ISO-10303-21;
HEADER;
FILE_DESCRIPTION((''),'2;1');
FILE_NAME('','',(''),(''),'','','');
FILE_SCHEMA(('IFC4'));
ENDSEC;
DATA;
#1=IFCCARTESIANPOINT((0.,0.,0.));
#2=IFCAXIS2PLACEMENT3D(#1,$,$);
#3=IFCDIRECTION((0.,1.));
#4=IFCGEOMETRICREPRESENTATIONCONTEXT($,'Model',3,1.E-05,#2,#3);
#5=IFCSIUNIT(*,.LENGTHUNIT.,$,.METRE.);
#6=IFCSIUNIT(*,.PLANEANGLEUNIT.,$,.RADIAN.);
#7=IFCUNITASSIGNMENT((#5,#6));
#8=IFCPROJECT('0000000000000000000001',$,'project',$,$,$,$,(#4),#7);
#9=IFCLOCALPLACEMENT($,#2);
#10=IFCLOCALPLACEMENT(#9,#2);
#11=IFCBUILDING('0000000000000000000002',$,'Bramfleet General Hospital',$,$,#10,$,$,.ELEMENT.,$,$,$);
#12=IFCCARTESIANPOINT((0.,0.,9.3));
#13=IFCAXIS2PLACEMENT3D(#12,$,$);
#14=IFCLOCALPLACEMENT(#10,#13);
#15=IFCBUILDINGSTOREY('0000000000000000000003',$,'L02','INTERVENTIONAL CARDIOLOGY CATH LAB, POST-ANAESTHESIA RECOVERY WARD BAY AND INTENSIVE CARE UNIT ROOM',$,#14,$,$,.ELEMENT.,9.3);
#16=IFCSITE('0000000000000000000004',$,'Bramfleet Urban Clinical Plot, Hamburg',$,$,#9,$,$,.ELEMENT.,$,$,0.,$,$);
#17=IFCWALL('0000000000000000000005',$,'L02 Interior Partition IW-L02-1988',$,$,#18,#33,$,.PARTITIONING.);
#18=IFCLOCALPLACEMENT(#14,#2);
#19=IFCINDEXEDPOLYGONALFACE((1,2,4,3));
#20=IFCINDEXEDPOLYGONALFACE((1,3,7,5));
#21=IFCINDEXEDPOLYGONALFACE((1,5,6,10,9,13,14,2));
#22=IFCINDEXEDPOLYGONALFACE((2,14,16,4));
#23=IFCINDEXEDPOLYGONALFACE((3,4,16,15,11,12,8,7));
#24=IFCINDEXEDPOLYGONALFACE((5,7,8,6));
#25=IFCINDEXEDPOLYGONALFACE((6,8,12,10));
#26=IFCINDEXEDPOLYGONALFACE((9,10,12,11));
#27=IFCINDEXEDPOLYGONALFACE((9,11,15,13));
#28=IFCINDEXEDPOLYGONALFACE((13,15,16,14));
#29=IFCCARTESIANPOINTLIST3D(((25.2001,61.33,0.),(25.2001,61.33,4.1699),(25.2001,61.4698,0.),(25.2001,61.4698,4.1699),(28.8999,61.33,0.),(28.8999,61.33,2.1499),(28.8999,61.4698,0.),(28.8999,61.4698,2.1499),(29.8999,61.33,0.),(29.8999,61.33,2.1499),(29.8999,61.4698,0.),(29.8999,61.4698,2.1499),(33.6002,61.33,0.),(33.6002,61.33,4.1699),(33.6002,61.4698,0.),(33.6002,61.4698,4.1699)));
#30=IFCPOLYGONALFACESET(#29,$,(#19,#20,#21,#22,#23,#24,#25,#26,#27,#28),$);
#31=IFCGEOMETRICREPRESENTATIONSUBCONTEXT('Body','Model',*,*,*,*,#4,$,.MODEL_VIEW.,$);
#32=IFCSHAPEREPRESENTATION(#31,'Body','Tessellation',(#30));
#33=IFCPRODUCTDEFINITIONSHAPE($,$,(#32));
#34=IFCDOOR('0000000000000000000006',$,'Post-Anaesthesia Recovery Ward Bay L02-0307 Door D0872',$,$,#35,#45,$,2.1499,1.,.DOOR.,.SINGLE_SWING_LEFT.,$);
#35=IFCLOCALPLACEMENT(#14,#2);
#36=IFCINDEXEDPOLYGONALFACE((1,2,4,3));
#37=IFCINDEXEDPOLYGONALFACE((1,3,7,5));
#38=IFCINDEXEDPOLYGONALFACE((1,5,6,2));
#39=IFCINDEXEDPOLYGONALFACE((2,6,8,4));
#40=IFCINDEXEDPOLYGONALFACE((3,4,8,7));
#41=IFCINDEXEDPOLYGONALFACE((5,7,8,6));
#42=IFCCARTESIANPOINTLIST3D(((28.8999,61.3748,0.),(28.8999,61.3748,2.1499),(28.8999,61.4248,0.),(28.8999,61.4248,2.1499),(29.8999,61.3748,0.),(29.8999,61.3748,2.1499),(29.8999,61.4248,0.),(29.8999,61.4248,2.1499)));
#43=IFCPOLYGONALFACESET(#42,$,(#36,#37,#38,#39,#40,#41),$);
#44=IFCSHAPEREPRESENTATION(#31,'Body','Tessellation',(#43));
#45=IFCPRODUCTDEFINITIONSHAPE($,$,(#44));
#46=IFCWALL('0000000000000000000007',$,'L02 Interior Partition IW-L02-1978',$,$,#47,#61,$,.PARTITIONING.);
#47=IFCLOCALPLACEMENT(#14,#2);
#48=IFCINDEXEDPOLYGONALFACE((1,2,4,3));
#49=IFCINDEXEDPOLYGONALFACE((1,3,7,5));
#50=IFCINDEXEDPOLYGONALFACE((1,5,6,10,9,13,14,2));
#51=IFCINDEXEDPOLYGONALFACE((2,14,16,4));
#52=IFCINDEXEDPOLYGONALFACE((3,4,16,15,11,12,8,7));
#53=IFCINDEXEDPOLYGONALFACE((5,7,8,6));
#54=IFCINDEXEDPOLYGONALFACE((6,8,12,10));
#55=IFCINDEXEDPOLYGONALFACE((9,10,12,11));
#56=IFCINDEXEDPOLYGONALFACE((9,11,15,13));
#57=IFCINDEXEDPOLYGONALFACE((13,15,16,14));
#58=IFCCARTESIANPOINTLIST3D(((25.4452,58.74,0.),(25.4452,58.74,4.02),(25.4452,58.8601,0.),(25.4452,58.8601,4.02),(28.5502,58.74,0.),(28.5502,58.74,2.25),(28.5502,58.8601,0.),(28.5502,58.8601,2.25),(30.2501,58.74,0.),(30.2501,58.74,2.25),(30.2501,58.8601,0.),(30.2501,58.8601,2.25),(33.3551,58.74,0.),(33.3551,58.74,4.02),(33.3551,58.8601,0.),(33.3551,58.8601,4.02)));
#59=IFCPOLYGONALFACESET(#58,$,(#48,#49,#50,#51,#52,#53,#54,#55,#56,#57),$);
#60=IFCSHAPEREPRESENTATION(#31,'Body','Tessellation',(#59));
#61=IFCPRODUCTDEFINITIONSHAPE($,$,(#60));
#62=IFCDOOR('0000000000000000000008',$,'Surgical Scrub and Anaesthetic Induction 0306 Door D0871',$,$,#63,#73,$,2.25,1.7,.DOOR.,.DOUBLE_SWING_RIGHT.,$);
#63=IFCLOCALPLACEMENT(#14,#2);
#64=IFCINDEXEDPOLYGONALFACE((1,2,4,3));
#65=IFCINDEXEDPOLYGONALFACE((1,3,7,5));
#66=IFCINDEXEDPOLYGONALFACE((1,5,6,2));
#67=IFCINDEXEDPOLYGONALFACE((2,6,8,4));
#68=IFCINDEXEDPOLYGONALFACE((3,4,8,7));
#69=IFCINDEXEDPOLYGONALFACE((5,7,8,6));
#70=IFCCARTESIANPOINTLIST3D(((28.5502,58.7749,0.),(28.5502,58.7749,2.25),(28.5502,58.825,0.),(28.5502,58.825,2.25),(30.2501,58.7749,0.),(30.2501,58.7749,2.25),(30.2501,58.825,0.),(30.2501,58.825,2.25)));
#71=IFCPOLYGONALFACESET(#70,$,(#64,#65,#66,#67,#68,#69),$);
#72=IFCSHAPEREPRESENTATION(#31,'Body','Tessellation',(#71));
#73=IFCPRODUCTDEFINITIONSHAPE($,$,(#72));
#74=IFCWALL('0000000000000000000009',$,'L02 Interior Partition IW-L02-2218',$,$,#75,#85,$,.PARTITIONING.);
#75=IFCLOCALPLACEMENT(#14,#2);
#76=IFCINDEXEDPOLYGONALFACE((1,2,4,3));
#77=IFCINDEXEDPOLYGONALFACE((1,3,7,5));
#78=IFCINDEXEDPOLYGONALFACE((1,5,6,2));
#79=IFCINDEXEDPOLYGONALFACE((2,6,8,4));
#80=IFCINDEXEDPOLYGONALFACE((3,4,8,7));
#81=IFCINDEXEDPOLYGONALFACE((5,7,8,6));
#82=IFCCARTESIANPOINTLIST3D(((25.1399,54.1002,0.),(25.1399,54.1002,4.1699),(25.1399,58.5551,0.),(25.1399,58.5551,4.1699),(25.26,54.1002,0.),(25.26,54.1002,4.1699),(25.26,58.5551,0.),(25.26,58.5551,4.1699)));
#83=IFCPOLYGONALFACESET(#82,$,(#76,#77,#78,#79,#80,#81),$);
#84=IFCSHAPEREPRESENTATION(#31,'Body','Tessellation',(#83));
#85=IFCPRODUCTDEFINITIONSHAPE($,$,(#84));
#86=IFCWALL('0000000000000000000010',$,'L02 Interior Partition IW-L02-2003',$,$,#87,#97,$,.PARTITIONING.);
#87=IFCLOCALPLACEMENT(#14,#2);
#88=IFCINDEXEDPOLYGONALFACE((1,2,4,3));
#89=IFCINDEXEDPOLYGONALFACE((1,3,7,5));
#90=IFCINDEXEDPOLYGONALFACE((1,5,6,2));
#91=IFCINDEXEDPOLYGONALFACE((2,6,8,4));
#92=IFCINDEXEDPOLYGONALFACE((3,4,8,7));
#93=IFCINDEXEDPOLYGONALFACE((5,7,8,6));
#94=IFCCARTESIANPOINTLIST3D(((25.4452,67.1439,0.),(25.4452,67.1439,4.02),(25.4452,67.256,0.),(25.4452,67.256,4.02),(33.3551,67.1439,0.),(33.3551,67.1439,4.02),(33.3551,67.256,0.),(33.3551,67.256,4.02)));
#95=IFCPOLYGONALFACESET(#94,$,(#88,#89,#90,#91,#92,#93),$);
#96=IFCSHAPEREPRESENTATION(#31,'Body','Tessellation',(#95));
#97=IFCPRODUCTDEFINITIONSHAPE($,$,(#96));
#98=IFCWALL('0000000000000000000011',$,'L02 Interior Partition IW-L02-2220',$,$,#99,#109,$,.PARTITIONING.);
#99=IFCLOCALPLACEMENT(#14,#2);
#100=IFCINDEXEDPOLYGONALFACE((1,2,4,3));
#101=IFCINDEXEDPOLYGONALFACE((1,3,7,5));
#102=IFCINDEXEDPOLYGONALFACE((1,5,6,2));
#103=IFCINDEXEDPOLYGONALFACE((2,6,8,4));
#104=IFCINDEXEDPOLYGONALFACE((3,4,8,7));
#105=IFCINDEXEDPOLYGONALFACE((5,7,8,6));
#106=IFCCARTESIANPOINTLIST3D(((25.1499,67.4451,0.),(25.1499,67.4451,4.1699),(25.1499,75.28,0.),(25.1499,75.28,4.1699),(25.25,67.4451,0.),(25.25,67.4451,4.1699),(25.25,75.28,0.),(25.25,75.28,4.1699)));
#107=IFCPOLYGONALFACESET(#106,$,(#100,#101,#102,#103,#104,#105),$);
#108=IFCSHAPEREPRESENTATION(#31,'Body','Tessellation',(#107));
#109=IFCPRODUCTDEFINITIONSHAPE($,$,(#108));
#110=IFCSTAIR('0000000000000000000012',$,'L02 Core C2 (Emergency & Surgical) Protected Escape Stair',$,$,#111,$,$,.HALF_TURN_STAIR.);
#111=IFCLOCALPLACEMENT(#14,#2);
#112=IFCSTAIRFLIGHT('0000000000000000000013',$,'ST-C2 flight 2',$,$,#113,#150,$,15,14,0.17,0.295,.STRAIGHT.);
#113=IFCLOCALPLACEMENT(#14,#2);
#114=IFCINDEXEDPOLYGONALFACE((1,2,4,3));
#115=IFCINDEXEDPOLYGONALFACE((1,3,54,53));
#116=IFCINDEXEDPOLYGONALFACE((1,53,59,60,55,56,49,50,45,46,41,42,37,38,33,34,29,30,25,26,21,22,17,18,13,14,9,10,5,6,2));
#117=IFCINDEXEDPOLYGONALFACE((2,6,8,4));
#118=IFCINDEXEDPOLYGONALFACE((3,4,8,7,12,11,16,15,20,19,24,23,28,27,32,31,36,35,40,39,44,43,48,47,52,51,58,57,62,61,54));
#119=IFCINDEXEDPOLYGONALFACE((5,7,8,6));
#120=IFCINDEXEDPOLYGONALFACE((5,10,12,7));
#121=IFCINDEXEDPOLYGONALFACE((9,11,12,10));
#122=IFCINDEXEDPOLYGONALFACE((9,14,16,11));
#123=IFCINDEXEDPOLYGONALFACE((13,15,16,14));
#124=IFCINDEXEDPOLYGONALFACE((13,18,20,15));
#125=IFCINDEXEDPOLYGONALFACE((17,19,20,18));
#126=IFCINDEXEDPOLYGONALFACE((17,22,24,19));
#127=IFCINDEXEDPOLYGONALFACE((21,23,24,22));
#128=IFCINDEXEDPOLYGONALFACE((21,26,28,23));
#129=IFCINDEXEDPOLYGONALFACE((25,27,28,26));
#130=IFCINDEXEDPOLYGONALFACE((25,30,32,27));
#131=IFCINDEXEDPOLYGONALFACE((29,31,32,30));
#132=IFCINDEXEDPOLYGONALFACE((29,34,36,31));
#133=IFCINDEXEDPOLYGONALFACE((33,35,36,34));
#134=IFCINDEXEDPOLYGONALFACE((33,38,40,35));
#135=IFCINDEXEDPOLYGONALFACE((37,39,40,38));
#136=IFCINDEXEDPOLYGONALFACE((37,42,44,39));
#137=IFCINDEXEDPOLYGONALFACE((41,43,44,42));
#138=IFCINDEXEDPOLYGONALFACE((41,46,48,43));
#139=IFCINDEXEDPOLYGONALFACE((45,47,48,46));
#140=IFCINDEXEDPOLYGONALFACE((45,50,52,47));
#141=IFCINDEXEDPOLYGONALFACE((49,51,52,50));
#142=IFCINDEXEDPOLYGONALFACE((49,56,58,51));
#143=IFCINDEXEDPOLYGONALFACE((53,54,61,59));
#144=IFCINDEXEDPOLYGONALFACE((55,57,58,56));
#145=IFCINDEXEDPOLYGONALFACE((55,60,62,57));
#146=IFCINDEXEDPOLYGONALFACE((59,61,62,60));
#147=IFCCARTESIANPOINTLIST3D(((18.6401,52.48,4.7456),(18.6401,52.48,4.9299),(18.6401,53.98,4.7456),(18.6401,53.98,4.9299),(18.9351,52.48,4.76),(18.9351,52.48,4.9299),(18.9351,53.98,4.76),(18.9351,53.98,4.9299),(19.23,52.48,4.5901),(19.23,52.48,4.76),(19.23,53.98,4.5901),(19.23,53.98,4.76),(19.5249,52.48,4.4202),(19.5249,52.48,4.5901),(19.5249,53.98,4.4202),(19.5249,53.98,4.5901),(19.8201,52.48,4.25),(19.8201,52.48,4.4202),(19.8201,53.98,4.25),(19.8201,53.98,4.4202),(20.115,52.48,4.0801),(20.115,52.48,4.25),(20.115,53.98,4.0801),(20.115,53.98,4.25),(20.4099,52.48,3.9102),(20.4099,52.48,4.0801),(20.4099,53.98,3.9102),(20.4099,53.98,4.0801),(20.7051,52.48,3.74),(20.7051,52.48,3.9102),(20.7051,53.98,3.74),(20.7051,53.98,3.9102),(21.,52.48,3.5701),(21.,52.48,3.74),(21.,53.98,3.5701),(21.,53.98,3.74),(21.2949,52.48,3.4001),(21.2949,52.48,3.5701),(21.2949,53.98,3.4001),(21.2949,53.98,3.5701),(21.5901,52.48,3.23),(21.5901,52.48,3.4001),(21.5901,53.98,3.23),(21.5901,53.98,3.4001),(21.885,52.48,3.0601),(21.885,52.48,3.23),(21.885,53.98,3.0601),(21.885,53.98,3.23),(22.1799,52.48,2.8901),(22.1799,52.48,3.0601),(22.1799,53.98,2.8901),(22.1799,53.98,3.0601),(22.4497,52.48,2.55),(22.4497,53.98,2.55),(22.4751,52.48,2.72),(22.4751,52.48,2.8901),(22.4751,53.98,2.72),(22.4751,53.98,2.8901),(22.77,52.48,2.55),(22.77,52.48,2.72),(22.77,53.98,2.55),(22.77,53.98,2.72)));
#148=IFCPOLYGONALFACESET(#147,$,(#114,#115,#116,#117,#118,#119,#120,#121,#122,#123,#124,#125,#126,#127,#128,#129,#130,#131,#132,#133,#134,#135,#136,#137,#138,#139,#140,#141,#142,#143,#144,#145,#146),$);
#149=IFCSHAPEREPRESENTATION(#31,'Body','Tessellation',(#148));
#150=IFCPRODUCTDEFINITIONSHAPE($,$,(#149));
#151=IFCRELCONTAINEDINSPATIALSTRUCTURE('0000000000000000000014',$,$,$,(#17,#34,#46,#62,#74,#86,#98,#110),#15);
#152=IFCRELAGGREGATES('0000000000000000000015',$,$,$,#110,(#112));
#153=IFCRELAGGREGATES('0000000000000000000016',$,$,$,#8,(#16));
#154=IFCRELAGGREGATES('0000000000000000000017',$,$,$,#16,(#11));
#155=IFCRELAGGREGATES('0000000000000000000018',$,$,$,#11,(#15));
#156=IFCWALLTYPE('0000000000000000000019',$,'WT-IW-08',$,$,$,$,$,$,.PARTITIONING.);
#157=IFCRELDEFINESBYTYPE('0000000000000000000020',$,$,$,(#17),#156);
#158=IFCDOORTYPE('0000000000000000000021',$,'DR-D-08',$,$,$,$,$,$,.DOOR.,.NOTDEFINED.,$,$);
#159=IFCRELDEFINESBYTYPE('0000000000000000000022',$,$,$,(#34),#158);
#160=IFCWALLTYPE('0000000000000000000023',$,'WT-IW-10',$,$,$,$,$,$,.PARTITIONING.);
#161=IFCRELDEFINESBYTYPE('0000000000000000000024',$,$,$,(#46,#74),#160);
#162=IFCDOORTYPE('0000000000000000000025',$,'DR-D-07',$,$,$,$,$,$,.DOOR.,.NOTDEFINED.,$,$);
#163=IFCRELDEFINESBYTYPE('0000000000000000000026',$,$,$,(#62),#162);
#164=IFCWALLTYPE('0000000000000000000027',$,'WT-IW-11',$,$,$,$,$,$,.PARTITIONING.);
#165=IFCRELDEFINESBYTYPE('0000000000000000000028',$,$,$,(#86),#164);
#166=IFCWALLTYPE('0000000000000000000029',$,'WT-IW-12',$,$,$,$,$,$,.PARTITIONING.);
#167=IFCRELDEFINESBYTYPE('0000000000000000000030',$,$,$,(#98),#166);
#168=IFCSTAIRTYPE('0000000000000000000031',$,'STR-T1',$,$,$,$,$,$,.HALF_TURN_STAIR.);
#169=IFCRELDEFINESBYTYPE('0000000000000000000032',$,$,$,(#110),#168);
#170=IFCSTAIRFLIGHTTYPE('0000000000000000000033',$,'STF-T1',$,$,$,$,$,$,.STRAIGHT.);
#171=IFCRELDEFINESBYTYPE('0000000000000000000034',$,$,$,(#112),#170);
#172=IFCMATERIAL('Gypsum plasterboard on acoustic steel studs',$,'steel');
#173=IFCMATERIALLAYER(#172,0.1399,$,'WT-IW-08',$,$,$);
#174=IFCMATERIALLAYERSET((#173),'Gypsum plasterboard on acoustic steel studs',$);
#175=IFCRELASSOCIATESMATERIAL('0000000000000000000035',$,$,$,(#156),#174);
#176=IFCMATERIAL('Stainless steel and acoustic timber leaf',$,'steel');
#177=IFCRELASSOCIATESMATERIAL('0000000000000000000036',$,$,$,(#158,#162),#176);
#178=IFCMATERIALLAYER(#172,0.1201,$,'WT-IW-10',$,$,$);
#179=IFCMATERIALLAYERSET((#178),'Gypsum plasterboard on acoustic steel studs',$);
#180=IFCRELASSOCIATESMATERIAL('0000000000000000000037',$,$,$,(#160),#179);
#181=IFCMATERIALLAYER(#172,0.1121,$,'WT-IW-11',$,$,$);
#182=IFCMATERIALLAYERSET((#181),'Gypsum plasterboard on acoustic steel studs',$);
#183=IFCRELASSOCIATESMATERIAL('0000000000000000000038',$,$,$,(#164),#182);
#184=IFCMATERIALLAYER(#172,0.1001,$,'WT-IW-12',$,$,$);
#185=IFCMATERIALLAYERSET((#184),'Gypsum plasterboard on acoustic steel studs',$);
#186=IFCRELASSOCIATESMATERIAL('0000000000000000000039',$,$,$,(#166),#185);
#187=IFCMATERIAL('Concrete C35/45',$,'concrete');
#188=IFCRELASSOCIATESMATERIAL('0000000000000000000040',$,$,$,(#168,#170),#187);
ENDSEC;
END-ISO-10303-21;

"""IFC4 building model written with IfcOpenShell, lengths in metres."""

from ifc_helpers import new_model, si_unit, direction, frame, frame_2d, origin, place, context, subcontext, project, spatial, polyline, rectangle, outline, extrude, material, layer, layer_set, type_object, element, fill, aggregate, save


model = new_model("IFC4")

# Units and contexts
model_context = context("Model", 3, precision=1e-05, world=origin(), true_north=direction((0.0, 1.0)))
body_context = subcontext(model_context, "Body", "Model", "MODEL_VIEW")
ifc_project = project(units=[si_unit("LENGTHUNIT", "METRE"), si_unit("PLANEANGLEUNIT", "RADIAN")], contexts=[model_context])

# Site, building, storey
site_placement = place(None, origin())
site = spatial("IfcSite", under=ifc_project, at=site_placement, Name="Bramfleet Urban Clinical Plot, Hamburg", CompositionType="ELEMENT", RefElevation=0.0)
building_placement = place(site_placement, origin())
building = spatial("IfcBuilding", under=site, at=building_placement, Name="Bramfleet General Hospital", CompositionType="ELEMENT")
storey_placement = place(building_placement, frame((0.0, 0.0, 9.3)))
storey = spatial("IfcBuildingStorey", under=building, at=storey_placement, Name="L02", Description="INTERVENTIONAL CARDIOLOGY CATH LAB, POST-ANAESTHESIA RECOVERY WARD BAY AND INTENSIVE CARE UNIT ROOM", CompositionType="ELEMENT", Elevation=9.3)

# Shared definitions
ifc_material_1 = material(Name="Concrete C35/45", Category="concrete")

# Walls, openings, doors
ifc_material_2 = material(Name="Gypsum plasterboard on acoustic steel studs", Category="steel")
ifc_layer_1 = layer(ifc_material_2, 0.1399, Name="WT-IW-08")
ifc_layer_set_1 = layer_set([ifc_layer_1], Name="Gypsum plasterboard on acoustic steel studs")
wall_type_1 = type_object("IfcWallType", Name="WT-IW-08", PredefinedType="PARTITIONING", material=ifc_layer_set_1)
wall_1_placement = place(storey_placement, frame((25.2, 61.3999, 0.0), z_axis=(0.0, 0.0, 1.0), x_axis=(1.0, 0.0, 0.0)))
wall_1 = element("IfcWall", 1, at=wall_1_placement, inside=storey, type_object=wall_type_1, Name="L02 Interior Partition IW-L02-1988", PredefinedType="PARTITIONING", context=body_context, shape_type="SweptSolid", body=[
    extrude(rectangle(XDim=8.4001, YDim=0.1399, at=frame_2d((4.2002, 0.0))), origin(), (0.0, 0.0, 1.0), 4.1699),
])
opening_1_placement = place(wall_1_placement, frame((3.7, 0.0, 0.0)))
opening_1 = element("IfcOpeningElement", 2, at=opening_1_placement, cuts=wall_1, PredefinedType="OPENING", context=body_context, shape_type="SweptSolid", body=[
    extrude(rectangle(XDim=1.0, YDim=2.1499, at=frame_2d((0.5, 1.075))), frame((0.0, 0.0798, 0.0), z_axis=(0.0, -1.0, 0.0), x_axis=(1.0, 0.0, 0.0)), (0.0, 0.0, 1.0), 0.1599),
])
ifc_material_3 = material(Name="Stainless steel and acoustic timber leaf", Category="steel")
door_type_1 = type_object("IfcDoorType", Name="DR-D-08", OperationType="NOTDEFINED", PredefinedType="DOOR", material=ifc_material_3)
door_1_placement = place(opening_1_placement, origin())
door_1 = element("IfcDoor", 3, at=door_1_placement, inside=storey, type_object=door_type_1, Name="Post-Anaesthesia Recovery Ward Bay L02-0307 Door D0872", OperationType="SINGLE_SWING_LEFT", OverallHeight=2.1499, OverallWidth=1.0, PredefinedType="DOOR", context=body_context, shape_type="SweptSolid", body=[
    extrude(rectangle(XDim=1.0, YDim=2.1499, at=frame_2d((0.5, 1.075))), frame((0.0, 0.0249, 0.0), z_axis=(0.0, -1.0, 0.0), x_axis=(1.0, 0.0, 0.0)), (0.0, 0.0, 1.0), 0.05),
])
fill(opening_1, door_1)
ifc_layer_2 = layer(ifc_material_2, 0.1201, Name="WT-IW-10")
ifc_layer_set_2 = layer_set([ifc_layer_2], Name="Gypsum plasterboard on acoustic steel studs")
wall_type_2 = type_object("IfcWallType", Name="WT-IW-10", PredefinedType="PARTITIONING", material=ifc_layer_set_2)
wall_2_placement = place(storey_placement, frame((25.4451, 58.8, 0.0), z_axis=(0.0, 0.0, 1.0), x_axis=(1.0, 0.0, 0.0)))
wall_2 = element("IfcWall", 4, at=wall_2_placement, inside=storey, type_object=wall_type_2, Name="L02 Interior Partition IW-L02-1978", PredefinedType="PARTITIONING", context=body_context, shape_type="SweptSolid", body=[
    extrude(rectangle(XDim=7.9099, YDim=0.1201, at=frame_2d((3.9551, 0.0))), origin(), (0.0, 0.0, 1.0), 4.02),
])
opening_2_placement = place(wall_2_placement, frame((3.105, 0.0, 0.0)))
opening_2 = element("IfcOpeningElement", 5, at=opening_2_placement, cuts=wall_2, PredefinedType="OPENING", context=body_context, shape_type="SweptSolid", body=[
    extrude(rectangle(XDim=1.7, YDim=2.25, at=frame_2d((0.8501, 1.125))), frame((0.0, 0.0701, 0.0), z_axis=(0.0, -1.0, 0.0), x_axis=(1.0, 0.0, 0.0)), (0.0, 0.0, 1.0), 0.1401),
])
door_type_2 = type_object("IfcDoorType", Name="DR-D-07", OperationType="NOTDEFINED", PredefinedType="DOOR", material=ifc_material_3)
door_2_placement = place(opening_2_placement, origin())
door_2 = element("IfcDoor", 6, at=door_2_placement, inside=storey, type_object=door_type_2, Name="Surgical Scrub and Anaesthetic Induction 0306 Door D0871", OperationType="DOUBLE_SWING_RIGHT", OverallHeight=2.25, OverallWidth=1.7, PredefinedType="DOOR", context=body_context, shape_type="SweptSolid", body=[
    extrude(rectangle(XDim=1.7, YDim=2.25, at=frame_2d((0.8501, 1.125))), frame((0.0, 0.0249, 0.0), z_axis=(0.0, -1.0, 0.0), x_axis=(1.0, 0.0, 0.0)), (0.0, 0.0, 1.0), 0.05),
])
fill(opening_2, door_2)

# Walls
wall_3_placement = place(storey_placement, frame((25.2, 54.1001, 0.0), z_axis=(0.0, 0.0, 1.0), x_axis=(0.0, 1.0, 0.0)))
element("IfcWall", 7, at=wall_3_placement, inside=storey, type_object=wall_type_2, Name="L02 Interior Partition IW-L02-2218", PredefinedType="PARTITIONING", context=body_context, shape_type="SweptSolid", body=[
    extrude(rectangle(XDim=4.4548, YDim=0.1201, at=frame_2d((2.2275, 0.0))), origin(), (0.0, 0.0, 1.0), 4.1699),
])
ifc_layer_3 = layer(ifc_material_2, 0.1121, Name="WT-IW-11")
ifc_layer_set_3 = layer_set([ifc_layer_3], Name="Gypsum plasterboard on acoustic steel studs")
wall_type_3 = type_object("IfcWallType", Name="WT-IW-11", PredefinedType="PARTITIONING", material=ifc_layer_set_3)
wall_4_placement = place(storey_placement, frame((25.4451, 67.2, 0.0), z_axis=(0.0, 0.0, 1.0), x_axis=(1.0, 0.0, 0.0)))
element("IfcWall", 8, at=wall_4_placement, inside=storey, type_object=wall_type_3, Name="L02 Interior Partition IW-L02-2003", PredefinedType="PARTITIONING", context=body_context, shape_type="SweptSolid", body=[
    extrude(rectangle(XDim=7.9099, YDim=0.1121, at=frame_2d((3.9551, 0.0))), origin(), (0.0, 0.0, 1.0), 4.02),
])
ifc_layer_4 = layer(ifc_material_2, 0.1001, Name="WT-IW-12")
ifc_layer_set_4 = layer_set([ifc_layer_4], Name="Gypsum plasterboard on acoustic steel studs")
wall_type_4 = type_object("IfcWallType", Name="WT-IW-12", PredefinedType="PARTITIONING", material=ifc_layer_set_4)
wall_5_placement = place(storey_placement, frame((25.2, 67.4451, 0.0), z_axis=(0.0, 0.0, 1.0), x_axis=(0.0, 1.0, 0.0)))
element("IfcWall", 9, at=wall_5_placement, inside=storey, type_object=wall_type_4, Name="L02 Interior Partition IW-L02-2220", PredefinedType="PARTITIONING", context=body_context, shape_type="SweptSolid", body=[
    extrude(rectangle(XDim=7.835, YDim=0.1001, at=frame_2d((3.9175, 0.0))), origin(), (0.0, 0.0, 1.0), 4.1699),
])

# Stair, stair flight
stair_type = type_object("IfcStairType", Name="STR-T1", PredefinedType="HALF_TURN_STAIR", material=ifc_material_1)
stair_placement = place(storey_placement, origin())
stair = element("IfcStair", 10, at=stair_placement, inside=storey, type_object=stair_type, Name="L02 Core C2 (Emergency & Surgical) Protected Escape Stair", PredefinedType="HALF_TURN_STAIR")
stair_flight_type = type_object("IfcStairFlightType", Name="STF-T1", PredefinedType="STRAIGHT", material=ifc_material_1)
stair_flight_placement = place(storey_placement, frame((22.77, 53.23, 2.55), z_axis=(0.0, 0.0, 1.0), x_axis=(-1.0, 0.0, 0.0)))
stair_flight = element("IfcStairFlight", 11, at=stair_flight_placement, type_object=stair_flight_type, Name="ST-C2 flight 2", NumberOfRisers=15, NumberOfTreads=14, PredefinedType="STRAIGHT", RiserHeight=0.17, TreadLength=0.295, context=body_context, shape_type="SweptSolid", body=[
    extrude(outline(polyline([(0.0, 0.0), (0.0, 0.1699), (0.2949, 0.1699), (0.2949, 0.3401), (0.5901, 0.3401), (0.5901, 0.51), (0.885, 0.51), (0.885, 0.6799), (1.1799, 0.6799), (1.1799, 0.8501), (1.4751, 0.8501), (1.4751, 1.02), (1.77, 1.02), (1.77, 1.1899), (2.0649, 1.1899), (2.0649, 1.3601), (2.3601, 1.3601), (2.3601, 1.53), (2.655, 1.53), (2.655, 1.7), (2.95, 1.7), (2.95, 1.8701), (3.2451, 1.8701), (3.2451, 2.04), (3.54, 2.04), (3.54, 2.21), (3.835, 2.21), (3.835, 2.3799), (4.1299, 2.3799), (4.1299, 2.55), (4.1299, 2.1956), (0.3203, 0.0), (0.0, 0.0)])), frame((0.0, 0.75, 0.0), z_axis=(0.0, -1.0, 0.0), x_axis=(1.0, 0.0, 0.0)), (0.0, 0.0, 1.0), 1.5),
])
aggregate(stair, [stair_flight])

save(model, "model.ifc")
